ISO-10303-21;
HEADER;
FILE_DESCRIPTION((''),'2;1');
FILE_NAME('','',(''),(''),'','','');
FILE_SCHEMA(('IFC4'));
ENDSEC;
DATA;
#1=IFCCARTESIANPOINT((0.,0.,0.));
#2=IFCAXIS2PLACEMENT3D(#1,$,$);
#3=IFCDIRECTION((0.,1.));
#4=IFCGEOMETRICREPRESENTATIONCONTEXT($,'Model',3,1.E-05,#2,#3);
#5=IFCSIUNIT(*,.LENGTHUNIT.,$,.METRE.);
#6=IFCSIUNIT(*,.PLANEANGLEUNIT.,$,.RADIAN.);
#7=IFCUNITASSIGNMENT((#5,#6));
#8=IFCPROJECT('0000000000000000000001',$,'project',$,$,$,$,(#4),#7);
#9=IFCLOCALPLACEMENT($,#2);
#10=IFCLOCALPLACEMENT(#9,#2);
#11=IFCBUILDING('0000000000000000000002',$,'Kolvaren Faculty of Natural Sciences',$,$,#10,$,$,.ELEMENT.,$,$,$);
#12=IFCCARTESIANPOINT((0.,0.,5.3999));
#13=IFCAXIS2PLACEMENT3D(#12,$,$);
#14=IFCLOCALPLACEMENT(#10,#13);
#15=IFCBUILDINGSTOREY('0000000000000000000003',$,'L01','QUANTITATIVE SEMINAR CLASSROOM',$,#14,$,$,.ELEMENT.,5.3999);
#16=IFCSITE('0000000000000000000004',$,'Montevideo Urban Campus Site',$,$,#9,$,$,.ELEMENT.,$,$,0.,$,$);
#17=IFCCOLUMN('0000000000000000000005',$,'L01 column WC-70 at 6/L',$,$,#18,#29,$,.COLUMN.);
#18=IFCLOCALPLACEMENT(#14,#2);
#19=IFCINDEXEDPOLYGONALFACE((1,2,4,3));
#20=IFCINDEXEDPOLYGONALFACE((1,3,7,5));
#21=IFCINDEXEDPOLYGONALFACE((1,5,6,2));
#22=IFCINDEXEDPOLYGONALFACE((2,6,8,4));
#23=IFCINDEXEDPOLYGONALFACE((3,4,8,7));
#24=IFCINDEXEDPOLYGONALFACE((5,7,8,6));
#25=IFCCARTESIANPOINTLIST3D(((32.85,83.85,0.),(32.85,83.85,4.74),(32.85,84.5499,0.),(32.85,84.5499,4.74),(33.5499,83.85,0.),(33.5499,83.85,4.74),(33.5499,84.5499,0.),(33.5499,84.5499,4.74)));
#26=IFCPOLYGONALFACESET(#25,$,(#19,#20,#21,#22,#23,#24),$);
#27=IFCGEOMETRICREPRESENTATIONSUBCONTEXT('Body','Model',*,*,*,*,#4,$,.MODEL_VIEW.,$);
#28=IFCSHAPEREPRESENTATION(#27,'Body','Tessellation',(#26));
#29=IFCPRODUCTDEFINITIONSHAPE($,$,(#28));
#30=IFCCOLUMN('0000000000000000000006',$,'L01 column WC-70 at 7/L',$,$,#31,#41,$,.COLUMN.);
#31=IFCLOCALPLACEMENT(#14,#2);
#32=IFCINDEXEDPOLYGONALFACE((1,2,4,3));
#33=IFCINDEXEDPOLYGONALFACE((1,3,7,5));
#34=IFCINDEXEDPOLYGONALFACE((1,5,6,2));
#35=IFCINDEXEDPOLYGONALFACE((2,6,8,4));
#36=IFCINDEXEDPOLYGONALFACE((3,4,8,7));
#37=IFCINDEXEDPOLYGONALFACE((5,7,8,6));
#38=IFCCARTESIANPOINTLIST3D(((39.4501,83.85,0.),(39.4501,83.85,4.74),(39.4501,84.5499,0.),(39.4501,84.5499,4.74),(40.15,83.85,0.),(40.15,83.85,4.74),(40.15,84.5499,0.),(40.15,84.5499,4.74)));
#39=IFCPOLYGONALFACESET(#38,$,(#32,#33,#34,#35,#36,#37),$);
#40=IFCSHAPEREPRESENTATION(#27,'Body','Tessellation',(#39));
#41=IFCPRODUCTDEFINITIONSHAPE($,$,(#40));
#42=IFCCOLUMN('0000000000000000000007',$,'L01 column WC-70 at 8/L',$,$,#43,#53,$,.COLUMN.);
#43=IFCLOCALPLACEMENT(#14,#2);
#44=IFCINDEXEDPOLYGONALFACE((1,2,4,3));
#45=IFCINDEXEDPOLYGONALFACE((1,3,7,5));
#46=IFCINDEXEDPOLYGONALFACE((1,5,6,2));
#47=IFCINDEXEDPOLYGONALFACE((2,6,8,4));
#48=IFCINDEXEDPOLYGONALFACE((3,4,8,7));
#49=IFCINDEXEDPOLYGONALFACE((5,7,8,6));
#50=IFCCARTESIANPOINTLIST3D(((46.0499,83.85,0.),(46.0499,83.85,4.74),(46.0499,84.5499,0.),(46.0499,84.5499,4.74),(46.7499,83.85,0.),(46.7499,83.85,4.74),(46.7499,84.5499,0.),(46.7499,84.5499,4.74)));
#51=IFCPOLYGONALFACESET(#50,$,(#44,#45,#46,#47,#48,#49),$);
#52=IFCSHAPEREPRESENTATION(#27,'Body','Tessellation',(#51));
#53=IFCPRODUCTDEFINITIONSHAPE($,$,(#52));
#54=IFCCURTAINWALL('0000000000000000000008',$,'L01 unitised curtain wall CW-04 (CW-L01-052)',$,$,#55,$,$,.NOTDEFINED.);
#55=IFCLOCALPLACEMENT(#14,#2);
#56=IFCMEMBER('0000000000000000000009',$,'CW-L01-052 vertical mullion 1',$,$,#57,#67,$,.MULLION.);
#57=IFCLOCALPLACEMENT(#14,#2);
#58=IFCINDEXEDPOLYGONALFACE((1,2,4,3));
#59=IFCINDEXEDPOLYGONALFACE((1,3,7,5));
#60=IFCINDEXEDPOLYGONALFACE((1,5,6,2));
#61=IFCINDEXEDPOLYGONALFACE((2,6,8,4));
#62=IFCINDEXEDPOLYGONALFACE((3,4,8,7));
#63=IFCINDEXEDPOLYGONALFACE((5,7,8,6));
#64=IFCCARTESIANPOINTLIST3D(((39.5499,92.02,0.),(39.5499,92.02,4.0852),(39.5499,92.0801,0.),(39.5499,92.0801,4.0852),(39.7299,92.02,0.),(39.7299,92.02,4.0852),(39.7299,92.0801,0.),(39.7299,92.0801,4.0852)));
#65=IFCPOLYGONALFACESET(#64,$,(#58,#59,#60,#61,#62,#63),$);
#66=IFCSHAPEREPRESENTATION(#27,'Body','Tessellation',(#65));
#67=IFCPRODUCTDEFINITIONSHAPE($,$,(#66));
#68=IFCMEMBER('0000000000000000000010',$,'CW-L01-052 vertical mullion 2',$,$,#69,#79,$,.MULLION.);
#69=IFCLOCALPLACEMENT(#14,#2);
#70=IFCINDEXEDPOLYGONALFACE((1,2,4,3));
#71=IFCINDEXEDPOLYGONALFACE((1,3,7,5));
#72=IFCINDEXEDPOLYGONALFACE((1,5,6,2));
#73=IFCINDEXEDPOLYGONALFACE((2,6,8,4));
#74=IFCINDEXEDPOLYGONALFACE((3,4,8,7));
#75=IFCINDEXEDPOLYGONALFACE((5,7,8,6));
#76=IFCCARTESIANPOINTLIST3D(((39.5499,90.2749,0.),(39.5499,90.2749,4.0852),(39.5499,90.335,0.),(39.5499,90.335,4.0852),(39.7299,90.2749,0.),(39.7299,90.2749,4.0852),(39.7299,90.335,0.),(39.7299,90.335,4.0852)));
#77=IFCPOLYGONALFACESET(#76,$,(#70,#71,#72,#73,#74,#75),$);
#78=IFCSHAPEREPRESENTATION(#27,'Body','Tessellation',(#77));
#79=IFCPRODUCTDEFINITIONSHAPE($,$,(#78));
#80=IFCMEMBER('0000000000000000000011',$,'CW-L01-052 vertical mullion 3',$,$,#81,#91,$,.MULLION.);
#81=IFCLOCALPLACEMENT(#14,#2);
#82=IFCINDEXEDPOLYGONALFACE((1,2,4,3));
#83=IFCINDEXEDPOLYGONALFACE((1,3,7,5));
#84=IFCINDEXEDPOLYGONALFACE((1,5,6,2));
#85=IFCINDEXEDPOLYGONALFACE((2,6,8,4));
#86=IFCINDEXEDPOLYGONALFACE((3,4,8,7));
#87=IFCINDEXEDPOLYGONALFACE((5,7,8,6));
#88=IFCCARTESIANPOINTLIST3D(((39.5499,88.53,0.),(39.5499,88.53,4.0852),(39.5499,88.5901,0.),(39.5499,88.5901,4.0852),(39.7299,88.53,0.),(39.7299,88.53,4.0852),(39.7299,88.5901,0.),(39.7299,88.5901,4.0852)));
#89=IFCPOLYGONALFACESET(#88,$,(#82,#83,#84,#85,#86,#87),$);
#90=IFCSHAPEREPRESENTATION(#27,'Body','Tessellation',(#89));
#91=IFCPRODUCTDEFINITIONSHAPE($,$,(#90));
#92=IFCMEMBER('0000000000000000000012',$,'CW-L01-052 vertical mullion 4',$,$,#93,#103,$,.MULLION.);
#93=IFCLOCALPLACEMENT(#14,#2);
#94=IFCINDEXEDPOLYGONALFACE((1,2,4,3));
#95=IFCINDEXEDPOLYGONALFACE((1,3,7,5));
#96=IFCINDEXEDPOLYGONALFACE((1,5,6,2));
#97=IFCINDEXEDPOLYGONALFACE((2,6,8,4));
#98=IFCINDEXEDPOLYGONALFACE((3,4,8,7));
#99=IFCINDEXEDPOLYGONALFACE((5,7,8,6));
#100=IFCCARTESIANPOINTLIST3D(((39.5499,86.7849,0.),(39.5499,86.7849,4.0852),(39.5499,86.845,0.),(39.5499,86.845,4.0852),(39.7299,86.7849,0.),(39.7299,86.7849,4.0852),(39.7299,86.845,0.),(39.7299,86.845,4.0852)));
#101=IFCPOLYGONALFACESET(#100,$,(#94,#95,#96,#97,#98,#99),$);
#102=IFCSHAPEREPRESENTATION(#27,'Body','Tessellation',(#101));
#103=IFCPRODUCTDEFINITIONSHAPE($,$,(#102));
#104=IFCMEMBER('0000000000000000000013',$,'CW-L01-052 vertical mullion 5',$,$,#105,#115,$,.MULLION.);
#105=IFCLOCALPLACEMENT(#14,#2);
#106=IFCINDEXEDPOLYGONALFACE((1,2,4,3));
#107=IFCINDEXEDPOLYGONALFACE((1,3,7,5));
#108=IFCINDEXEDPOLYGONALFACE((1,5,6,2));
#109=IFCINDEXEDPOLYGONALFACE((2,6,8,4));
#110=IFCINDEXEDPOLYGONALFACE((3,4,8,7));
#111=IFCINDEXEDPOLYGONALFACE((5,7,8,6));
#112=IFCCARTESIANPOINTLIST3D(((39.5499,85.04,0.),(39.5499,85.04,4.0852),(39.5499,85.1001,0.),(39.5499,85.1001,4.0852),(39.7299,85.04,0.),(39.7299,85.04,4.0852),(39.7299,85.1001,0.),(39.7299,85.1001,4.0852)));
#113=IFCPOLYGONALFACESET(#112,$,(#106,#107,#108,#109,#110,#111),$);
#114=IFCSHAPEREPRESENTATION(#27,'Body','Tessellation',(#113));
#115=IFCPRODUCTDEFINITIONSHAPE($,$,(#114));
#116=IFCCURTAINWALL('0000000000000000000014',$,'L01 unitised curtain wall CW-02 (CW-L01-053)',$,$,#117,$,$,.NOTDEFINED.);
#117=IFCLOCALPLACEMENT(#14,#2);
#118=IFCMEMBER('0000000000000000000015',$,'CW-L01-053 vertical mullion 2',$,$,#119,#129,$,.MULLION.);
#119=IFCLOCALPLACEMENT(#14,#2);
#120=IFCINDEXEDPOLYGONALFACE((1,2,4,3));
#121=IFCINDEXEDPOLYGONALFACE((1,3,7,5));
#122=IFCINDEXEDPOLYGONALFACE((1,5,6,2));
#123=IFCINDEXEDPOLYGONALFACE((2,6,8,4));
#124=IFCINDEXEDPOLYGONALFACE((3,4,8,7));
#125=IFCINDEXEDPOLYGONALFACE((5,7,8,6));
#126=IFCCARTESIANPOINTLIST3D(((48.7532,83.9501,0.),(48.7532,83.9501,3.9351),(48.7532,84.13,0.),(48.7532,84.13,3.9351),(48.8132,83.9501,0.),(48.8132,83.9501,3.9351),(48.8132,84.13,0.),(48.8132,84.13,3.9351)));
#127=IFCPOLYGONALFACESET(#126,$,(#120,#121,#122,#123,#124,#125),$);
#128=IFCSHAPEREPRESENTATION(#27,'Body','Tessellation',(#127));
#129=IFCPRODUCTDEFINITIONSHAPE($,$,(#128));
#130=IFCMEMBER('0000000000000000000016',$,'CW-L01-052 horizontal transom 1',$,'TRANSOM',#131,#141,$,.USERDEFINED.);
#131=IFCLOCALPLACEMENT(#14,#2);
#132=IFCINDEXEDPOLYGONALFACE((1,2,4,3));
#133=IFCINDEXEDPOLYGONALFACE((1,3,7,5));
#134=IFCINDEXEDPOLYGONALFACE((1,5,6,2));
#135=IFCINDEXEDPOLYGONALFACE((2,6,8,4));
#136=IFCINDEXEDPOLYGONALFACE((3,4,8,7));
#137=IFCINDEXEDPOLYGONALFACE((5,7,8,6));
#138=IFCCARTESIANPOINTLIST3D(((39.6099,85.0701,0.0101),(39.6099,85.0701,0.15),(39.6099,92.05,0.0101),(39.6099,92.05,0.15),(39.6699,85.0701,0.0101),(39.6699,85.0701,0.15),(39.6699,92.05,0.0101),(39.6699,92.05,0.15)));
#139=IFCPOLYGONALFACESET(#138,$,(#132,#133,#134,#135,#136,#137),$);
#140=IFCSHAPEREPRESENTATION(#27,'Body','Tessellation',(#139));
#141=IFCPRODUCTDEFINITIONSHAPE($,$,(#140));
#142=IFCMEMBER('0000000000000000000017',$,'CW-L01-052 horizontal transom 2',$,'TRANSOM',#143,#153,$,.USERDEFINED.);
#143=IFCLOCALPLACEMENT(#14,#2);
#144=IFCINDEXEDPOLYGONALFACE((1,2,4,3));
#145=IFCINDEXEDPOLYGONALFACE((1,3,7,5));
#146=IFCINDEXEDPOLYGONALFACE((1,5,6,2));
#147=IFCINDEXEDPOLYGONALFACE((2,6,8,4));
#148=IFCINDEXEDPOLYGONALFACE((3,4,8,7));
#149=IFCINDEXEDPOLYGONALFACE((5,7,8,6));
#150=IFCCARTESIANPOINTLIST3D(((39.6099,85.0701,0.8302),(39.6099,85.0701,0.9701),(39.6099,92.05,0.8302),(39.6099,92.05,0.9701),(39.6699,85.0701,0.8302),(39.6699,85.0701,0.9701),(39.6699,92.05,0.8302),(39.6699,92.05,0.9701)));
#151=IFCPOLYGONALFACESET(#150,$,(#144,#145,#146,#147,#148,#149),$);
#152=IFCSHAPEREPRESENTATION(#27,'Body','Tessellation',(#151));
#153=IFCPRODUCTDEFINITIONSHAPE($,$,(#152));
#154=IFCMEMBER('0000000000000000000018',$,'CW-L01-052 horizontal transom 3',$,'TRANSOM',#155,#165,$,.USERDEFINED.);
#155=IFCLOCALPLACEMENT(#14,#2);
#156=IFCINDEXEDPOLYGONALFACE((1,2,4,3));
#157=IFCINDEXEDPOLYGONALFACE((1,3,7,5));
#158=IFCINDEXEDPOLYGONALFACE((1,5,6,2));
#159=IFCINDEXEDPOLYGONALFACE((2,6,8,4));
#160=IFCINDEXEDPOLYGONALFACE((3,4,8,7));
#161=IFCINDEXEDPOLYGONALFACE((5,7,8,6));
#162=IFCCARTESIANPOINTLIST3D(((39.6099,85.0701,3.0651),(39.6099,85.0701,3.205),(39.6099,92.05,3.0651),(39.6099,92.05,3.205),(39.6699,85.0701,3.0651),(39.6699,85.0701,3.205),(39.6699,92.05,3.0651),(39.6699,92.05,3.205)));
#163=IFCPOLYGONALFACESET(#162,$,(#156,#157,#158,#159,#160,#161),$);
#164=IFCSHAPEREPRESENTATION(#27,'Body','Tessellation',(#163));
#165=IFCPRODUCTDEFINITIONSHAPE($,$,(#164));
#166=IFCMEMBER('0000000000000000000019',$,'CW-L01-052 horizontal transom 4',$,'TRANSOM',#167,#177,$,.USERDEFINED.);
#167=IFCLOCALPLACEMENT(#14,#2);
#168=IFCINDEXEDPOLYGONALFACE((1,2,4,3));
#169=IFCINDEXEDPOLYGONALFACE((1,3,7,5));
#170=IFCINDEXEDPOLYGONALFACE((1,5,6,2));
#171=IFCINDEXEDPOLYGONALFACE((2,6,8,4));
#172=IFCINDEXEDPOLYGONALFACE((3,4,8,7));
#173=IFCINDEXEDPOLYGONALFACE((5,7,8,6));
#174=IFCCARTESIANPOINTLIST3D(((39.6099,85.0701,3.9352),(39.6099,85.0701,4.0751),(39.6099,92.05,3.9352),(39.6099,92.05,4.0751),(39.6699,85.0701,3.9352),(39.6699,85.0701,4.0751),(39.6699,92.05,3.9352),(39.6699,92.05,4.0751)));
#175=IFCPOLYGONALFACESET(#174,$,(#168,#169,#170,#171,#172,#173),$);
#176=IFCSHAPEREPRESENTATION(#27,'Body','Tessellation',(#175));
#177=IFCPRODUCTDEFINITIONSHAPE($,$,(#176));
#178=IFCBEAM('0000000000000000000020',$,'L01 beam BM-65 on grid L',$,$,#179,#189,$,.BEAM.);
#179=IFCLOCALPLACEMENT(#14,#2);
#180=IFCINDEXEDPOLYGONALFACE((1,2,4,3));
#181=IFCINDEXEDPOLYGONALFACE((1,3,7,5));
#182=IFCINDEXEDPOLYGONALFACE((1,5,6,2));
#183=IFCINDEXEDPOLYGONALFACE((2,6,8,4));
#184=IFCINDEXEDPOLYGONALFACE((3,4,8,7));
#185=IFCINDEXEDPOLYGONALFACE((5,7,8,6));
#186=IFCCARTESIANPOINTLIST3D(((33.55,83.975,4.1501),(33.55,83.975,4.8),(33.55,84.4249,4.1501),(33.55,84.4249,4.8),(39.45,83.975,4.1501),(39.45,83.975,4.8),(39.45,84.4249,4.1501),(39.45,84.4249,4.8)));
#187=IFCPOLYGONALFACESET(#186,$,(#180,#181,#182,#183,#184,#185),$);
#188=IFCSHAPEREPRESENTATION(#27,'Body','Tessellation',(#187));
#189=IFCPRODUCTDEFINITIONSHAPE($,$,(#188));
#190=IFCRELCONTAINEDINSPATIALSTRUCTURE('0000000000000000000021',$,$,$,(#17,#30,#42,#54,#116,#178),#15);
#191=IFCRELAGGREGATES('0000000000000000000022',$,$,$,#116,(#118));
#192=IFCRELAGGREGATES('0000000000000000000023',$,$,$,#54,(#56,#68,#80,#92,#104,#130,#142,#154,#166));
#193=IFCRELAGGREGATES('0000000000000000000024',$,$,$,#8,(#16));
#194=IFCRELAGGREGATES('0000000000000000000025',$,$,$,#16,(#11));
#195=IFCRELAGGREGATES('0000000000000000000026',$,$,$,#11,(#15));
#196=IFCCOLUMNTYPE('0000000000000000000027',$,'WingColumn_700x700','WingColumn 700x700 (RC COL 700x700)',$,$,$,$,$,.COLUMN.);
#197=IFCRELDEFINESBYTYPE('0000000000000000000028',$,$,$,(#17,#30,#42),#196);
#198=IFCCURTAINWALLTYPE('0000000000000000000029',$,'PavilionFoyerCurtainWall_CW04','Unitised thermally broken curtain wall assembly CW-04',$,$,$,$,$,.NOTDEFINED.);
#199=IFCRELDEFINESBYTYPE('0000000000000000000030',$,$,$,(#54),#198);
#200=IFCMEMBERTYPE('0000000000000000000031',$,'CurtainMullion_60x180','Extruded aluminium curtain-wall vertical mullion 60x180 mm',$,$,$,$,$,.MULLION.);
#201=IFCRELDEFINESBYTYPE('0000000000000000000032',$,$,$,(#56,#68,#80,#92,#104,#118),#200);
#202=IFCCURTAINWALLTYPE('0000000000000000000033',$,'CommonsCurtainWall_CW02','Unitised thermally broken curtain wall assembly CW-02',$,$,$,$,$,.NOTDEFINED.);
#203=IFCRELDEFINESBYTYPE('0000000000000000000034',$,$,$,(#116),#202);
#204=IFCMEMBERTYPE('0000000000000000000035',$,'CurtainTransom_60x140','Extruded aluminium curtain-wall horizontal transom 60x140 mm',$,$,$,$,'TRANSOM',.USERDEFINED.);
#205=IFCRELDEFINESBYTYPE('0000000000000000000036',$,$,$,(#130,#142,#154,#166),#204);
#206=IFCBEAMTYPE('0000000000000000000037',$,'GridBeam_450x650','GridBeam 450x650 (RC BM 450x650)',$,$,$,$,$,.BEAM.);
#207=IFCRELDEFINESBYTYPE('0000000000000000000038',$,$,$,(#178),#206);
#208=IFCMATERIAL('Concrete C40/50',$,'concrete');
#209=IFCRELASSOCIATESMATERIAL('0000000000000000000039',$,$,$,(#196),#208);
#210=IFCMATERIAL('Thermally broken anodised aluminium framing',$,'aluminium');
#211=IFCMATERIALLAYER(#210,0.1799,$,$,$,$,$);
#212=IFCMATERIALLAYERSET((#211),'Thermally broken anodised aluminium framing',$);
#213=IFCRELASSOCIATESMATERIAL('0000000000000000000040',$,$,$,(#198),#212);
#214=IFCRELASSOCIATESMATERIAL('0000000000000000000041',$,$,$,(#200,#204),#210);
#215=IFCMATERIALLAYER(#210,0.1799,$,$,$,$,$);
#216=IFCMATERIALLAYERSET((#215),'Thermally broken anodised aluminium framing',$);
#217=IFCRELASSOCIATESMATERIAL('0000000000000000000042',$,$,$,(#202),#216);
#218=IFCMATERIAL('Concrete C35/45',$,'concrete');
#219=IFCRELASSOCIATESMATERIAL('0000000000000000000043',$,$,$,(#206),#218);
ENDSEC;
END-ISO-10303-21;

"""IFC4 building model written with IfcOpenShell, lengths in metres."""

from ifc_helpers import new_model, si_unit, direction, frame, origin, origin_2d, place, context, subcontext, project, spatial, rectangle, extrude, material, layer, layer_set, material_profile, profile_set, type_object, element, aggregate, save


model = new_model("IFC4")

# Units and contexts
model_context = context("Model", 3, precision=1e-05, world=origin(), true_north=direction((0.0, 1.0)))
body_context = subcontext(model_context, "Body", "Model", "MODEL_VIEW")
ifc_project = project(units=[si_unit("LENGTHUNIT", "METRE"), si_unit("PLANEANGLEUNIT", "RADIAN")], contexts=[model_context])

# Site, building, storey
site_placement = place(None, origin())
site = spatial("IfcSite", under=ifc_project, at=site_placement, Name="Montevideo Urban Campus Site", CompositionType="ELEMENT", RefElevation=0.0)
building_placement = place(site_placement, origin())
building = spatial("IfcBuilding", under=site, at=building_placement, Name="Kolvaren Faculty of Natural Sciences", CompositionType="ELEMENT")
storey_placement = place(building_placement, frame((0.0, 0.0, 5.3999)))
storey = spatial("IfcBuildingStorey", under=building, at=storey_placement, Name="L01", Description="QUANTITATIVE SEMINAR CLASSROOM", CompositionType="ELEMENT", Elevation=5.3999)

# Columns
ifc_material_1 = material(Name="Concrete C40/50", Category="concrete")
ifc_material_profile_1 = material_profile(ifc_material_1, rectangle(XDim=0.7, YDim=0.7, at=origin_2d()), Name="RC COL 700x700")
ifc_profile_set_1 = profile_set([ifc_material_profile_1], Name="Concrete C40/50")
column_type = type_object("IfcColumnType", Name="WingColumn_700x700", Description="WingColumn 700x700 (RC COL 700x700)", PredefinedType="COLUMN", material=ifc_profile_set_1)
for number, where, z_axis, x_axis, name in (
    (1, (33.2, 84.2, 0.0), (0.0, 0.0, 1.0), (1.0, 0.0, 0.0), "L01 column WC-70 at 6/L"),
    (2, (39.8, 84.2, 0.0), (0.0, 0.0, 1.0), (1.0, 0.0, 0.0), "L01 column WC-70 at 7/L"),
    (3, (46.3999, 84.2, 0.0), (0.0, 0.0, 1.0), (1.0, 0.0, 0.0), "L01 column WC-70 at 8/L"),
):
    element("IfcColumn", number, at=place(storey_placement, frame(where, z_axis=z_axis, x_axis=x_axis)), inside=storey, type_object=column_type, Name=name, PredefinedType="COLUMN", context=body_context, shape_type="SweptSolid", body=[
        extrude(rectangle(XDim=0.7, YDim=0.7, at=origin_2d()), origin(), (0.0, 0.0, 1.0), 4.74),
    ])

# Curtain wall, members
ifc_material_2 = material(Name="Thermally broken anodised aluminium framing", Category="aluminium")
ifc_layer_1 = layer(ifc_material_2, 0.1799)
ifc_layer_set_1 = layer_set([ifc_layer_1], Name="Thermally broken anodised aluminium framing")
curtain_wall_type_1 = type_object("IfcCurtainWallType", Name="PavilionFoyerCurtainWall_CW04", Description="Unitised thermally broken curtain wall assembly CW-04", PredefinedType="NOTDEFINED", material=ifc_layer_set_1)
curtain_wall_1_placement = place(storey_placement, origin())
curtain_wall_1 = element("IfcCurtainWall", 4, at=curtain_wall_1_placement, inside=storey, type_object=curtain_wall_type_1, Name="L01 unitised curtain wall CW-04 (CW-L01-052)", PredefinedType="NOTDEFINED")
ifc_material_profile_2 = material_profile(ifc_material_2, rectangle(XDim=0.0601, YDim=0.1799, at=origin_2d()), Name="ALU MUL 60x180")
ifc_profile_set_2 = profile_set([ifc_material_profile_2], Name="Thermally broken anodised aluminium framing")
member_type_1 = type_object("IfcMemberType", Name="CurtainMullion_60x180", Description="Extruded aluminium curtain-wall vertical mullion 60x180 mm", PredefinedType="MULLION", material=ifc_profile_set_2)
member_1_placement = place(storey_placement, frame((39.6399, 92.05, 0.0), z_axis=(0.0, 0.0, 1.0), x_axis=(0.0, -1.0, 0.0)))
member_1 = element("IfcMember", 5, at=member_1_placement, type_object=member_type_1, Name="CW-L01-052 vertical mullion 1", PredefinedType="MULLION", context=body_context, shape_type="SweptSolid", body=[
    extrude(rectangle(XDim=0.0601, YDim=0.1799, at=origin_2d()), origin(), (0.0, 0.0, 1.0), 4.0852),
])
member_2_placement = place(storey_placement, frame((39.6399, 90.3049, 0.0), z_axis=(0.0, 0.0, 1.0), x_axis=(0.0, -1.0, 0.0)))
member_2 = element("IfcMember", 6, at=member_2_placement, type_object=member_type_1, Name="CW-L01-052 vertical mullion 2", PredefinedType="MULLION", context=body_context, shape_type="SweptSolid", body=[
    extrude(rectangle(XDim=0.0601, YDim=0.1799, at=origin_2d()), origin(), (0.0, 0.0, 1.0), 4.0852),
])
member_3_placement = place(storey_placement, frame((39.6399, 88.5601, 0.0), z_axis=(0.0, 0.0, 1.0), x_axis=(0.0, -1.0, 0.0)))
member_3 = element("IfcMember", 7, at=member_3_placement, type_object=member_type_1, Name="CW-L01-052 vertical mullion 3", PredefinedType="MULLION", context=body_context, shape_type="SweptSolid", body=[
    extrude(rectangle(XDim=0.0601, YDim=0.1799, at=origin_2d()), origin(), (0.0, 0.0, 1.0), 4.0852),
])
member_4_placement = place(storey_placement, frame((39.6399, 86.8149, 0.0), z_axis=(0.0, 0.0, 1.0), x_axis=(0.0, -1.0, 0.0)))
member_4 = element("IfcMember", 8, at=member_4_placement, type_object=member_type_1, Name="CW-L01-052 vertical mullion 4", PredefinedType="MULLION", context=body_context, shape_type="SweptSolid", body=[
    extrude(rectangle(XDim=0.0601, YDim=0.1799, at=origin_2d()), origin(), (0.0, 0.0, 1.0), 4.0852),
])
member_5_placement = place(storey_placement, frame((39.6399, 85.0701, 0.0), z_axis=(0.0, 0.0, 1.0), x_axis=(0.0, -1.0, 0.0)))
member_5 = element("IfcMember", 9, at=member_5_placement, type_object=member_type_1, Name="CW-L01-052 vertical mullion 5", PredefinedType="MULLION", context=body_context, shape_type="SweptSolid", body=[
    extrude(rectangle(XDim=0.0601, YDim=0.1799, at=origin_2d()), origin(), (0.0, 0.0, 1.0), 4.0852),
])

# Curtain wall, member
ifc_layer_2 = layer(ifc_material_2, 0.1799)
ifc_layer_set_2 = layer_set([ifc_layer_2], Name="Thermally broken anodised aluminium framing")
curtain_wall_type_2 = type_object("IfcCurtainWallType", Name="CommonsCurtainWall_CW02", Description="Unitised thermally broken curtain wall assembly CW-02", PredefinedType="NOTDEFINED", material=ifc_layer_set_2)
curtain_wall_2_placement = place(storey_placement, origin())
curtain_wall_2 = element("IfcCurtainWall", 10, at=curtain_wall_2_placement, inside=storey, type_object=curtain_wall_type_2, Name="L01 unitised curtain wall CW-02 (CW-L01-053)", PredefinedType="NOTDEFINED")
member_6_placement = place(storey_placement, frame((48.7832, 84.04, 0.0), z_axis=(0.0, 0.0, 1.0), x_axis=(1.0, 0.0, 0.0)))
member_6 = element("IfcMember", 11, at=member_6_placement, type_object=member_type_1, Name="CW-L01-053 vertical mullion 2", PredefinedType="MULLION", context=body_context, shape_type="SweptSolid", body=[
    extrude(rectangle(XDim=0.0601, YDim=0.1799, at=origin_2d()), origin(), (0.0, 0.0, 1.0), 3.9351),
])

# Members
ifc_material_profile_3 = material_profile(ifc_material_2, rectangle(XDim=0.0601, YDim=0.1399, at=origin_2d()), Name="ALU TRN 60x140")
ifc_profile_set_3 = profile_set([ifc_material_profile_3], Name="Thermally broken anodised aluminium framing")
member_type_2 = type_object("IfcMemberType", Name="CurtainTransom_60x140", Description="Extruded aluminium curtain-wall horizontal transom 60x140 mm", ElementType="TRANSOM", PredefinedType="USERDEFINED", material=ifc_profile_set_3)
member_7_placement = place(storey_placement, frame((39.6399, 92.05, 0.0801), z_axis=(0.0, -1.0, 0.0), x_axis=(1.0, 0.0, 0.0)))
member_7 = element("IfcMember", 12, at=member_7_placement, type_object=member_type_2, Name="CW-L01-052 horizontal transom 1", ObjectType="TRANSOM", PredefinedType="USERDEFINED", context=body_context, shape_type="SweptSolid", body=[
    extrude(rectangle(XDim=0.0601, YDim=0.1399, at=origin_2d()), origin(), (0.0, 0.0, 1.0), 6.98),
])
member_8_placement = place(storey_placement, frame((39.6399, 92.05, 0.9001), z_axis=(0.0, -1.0, 0.0), x_axis=(1.0, 0.0, 0.0)))
member_8 = element("IfcMember", 13, at=member_8_placement, type_object=member_type_2, Name="CW-L01-052 horizontal transom 2", ObjectType="TRANSOM", PredefinedType="USERDEFINED", context=body_context, shape_type="SweptSolid", body=[
    extrude(rectangle(XDim=0.0601, YDim=0.1399, at=origin_2d()), origin(), (0.0, 0.0, 1.0), 6.98),
])
member_9_placement = place(storey_placement, frame((39.6399, 92.05, 3.135), z_axis=(0.0, -1.0, 0.0), x_axis=(1.0, 0.0, 0.0)))
member_9 = element("IfcMember", 14, at=member_9_placement, type_object=member_type_2, Name="CW-L01-052 horizontal transom 3", ObjectType="TRANSOM", PredefinedType="USERDEFINED", context=body_context, shape_type="SweptSolid", body=[
    extrude(rectangle(XDim=0.0601, YDim=0.1399, at=origin_2d()), origin(), (0.0, 0.0, 1.0), 6.98),
])
member_10_placement = place(storey_placement, frame((39.6399, 92.05, 4.0051), z_axis=(0.0, -1.0, 0.0), x_axis=(1.0, 0.0, 0.0)))
member_10 = element("IfcMember", 15, at=member_10_placement, type_object=member_type_2, Name="CW-L01-052 horizontal transom 4", ObjectType="TRANSOM", PredefinedType="USERDEFINED", context=body_context, shape_type="SweptSolid", body=[
    extrude(rectangle(XDim=0.0601, YDim=0.1399, at=origin_2d()), origin(), (0.0, 0.0, 1.0), 6.98),
])

# Beam
ifc_material_3 = material(Name="Concrete C35/45", Category="concrete")
ifc_material_profile_4 = material_profile(ifc_material_3, rectangle(XDim=0.45, YDim=0.6499, at=origin_2d()), Name="RC BM 450x650")
ifc_profile_set_4 = profile_set([ifc_material_profile_4], Name="Concrete C35/45")
beam_type_1 = type_object("IfcBeamType", Name="GridBeam_450x650", Description="GridBeam 450x650 (RC BM 450x650)", PredefinedType="BEAM", material=ifc_profile_set_4)
beam_1_placement = place(storey_placement, frame((33.55, 84.2, 4.4751), z_axis=(1.0, 0.0, 0.0), x_axis=(0.0, 1.0, 0.0)))
element("IfcBeam", 16, at=beam_1_placement, inside=storey, type_object=beam_type_1, Name="L01 beam BM-65 on grid L", PredefinedType="BEAM", context=body_context, shape_type="SweptSolid", body=[
    extrude(rectangle(XDim=0.45, YDim=0.6499, at=origin_2d()), origin(), (0.0, 0.0, 1.0), 5.8999),
])

aggregate(curtain_wall_2, [member_6])
aggregate(curtain_wall_1, [member_1, member_2, member_3, member_4, member_5, member_7, member_8, member_9, member_10])

save(model, "model.ifc")
